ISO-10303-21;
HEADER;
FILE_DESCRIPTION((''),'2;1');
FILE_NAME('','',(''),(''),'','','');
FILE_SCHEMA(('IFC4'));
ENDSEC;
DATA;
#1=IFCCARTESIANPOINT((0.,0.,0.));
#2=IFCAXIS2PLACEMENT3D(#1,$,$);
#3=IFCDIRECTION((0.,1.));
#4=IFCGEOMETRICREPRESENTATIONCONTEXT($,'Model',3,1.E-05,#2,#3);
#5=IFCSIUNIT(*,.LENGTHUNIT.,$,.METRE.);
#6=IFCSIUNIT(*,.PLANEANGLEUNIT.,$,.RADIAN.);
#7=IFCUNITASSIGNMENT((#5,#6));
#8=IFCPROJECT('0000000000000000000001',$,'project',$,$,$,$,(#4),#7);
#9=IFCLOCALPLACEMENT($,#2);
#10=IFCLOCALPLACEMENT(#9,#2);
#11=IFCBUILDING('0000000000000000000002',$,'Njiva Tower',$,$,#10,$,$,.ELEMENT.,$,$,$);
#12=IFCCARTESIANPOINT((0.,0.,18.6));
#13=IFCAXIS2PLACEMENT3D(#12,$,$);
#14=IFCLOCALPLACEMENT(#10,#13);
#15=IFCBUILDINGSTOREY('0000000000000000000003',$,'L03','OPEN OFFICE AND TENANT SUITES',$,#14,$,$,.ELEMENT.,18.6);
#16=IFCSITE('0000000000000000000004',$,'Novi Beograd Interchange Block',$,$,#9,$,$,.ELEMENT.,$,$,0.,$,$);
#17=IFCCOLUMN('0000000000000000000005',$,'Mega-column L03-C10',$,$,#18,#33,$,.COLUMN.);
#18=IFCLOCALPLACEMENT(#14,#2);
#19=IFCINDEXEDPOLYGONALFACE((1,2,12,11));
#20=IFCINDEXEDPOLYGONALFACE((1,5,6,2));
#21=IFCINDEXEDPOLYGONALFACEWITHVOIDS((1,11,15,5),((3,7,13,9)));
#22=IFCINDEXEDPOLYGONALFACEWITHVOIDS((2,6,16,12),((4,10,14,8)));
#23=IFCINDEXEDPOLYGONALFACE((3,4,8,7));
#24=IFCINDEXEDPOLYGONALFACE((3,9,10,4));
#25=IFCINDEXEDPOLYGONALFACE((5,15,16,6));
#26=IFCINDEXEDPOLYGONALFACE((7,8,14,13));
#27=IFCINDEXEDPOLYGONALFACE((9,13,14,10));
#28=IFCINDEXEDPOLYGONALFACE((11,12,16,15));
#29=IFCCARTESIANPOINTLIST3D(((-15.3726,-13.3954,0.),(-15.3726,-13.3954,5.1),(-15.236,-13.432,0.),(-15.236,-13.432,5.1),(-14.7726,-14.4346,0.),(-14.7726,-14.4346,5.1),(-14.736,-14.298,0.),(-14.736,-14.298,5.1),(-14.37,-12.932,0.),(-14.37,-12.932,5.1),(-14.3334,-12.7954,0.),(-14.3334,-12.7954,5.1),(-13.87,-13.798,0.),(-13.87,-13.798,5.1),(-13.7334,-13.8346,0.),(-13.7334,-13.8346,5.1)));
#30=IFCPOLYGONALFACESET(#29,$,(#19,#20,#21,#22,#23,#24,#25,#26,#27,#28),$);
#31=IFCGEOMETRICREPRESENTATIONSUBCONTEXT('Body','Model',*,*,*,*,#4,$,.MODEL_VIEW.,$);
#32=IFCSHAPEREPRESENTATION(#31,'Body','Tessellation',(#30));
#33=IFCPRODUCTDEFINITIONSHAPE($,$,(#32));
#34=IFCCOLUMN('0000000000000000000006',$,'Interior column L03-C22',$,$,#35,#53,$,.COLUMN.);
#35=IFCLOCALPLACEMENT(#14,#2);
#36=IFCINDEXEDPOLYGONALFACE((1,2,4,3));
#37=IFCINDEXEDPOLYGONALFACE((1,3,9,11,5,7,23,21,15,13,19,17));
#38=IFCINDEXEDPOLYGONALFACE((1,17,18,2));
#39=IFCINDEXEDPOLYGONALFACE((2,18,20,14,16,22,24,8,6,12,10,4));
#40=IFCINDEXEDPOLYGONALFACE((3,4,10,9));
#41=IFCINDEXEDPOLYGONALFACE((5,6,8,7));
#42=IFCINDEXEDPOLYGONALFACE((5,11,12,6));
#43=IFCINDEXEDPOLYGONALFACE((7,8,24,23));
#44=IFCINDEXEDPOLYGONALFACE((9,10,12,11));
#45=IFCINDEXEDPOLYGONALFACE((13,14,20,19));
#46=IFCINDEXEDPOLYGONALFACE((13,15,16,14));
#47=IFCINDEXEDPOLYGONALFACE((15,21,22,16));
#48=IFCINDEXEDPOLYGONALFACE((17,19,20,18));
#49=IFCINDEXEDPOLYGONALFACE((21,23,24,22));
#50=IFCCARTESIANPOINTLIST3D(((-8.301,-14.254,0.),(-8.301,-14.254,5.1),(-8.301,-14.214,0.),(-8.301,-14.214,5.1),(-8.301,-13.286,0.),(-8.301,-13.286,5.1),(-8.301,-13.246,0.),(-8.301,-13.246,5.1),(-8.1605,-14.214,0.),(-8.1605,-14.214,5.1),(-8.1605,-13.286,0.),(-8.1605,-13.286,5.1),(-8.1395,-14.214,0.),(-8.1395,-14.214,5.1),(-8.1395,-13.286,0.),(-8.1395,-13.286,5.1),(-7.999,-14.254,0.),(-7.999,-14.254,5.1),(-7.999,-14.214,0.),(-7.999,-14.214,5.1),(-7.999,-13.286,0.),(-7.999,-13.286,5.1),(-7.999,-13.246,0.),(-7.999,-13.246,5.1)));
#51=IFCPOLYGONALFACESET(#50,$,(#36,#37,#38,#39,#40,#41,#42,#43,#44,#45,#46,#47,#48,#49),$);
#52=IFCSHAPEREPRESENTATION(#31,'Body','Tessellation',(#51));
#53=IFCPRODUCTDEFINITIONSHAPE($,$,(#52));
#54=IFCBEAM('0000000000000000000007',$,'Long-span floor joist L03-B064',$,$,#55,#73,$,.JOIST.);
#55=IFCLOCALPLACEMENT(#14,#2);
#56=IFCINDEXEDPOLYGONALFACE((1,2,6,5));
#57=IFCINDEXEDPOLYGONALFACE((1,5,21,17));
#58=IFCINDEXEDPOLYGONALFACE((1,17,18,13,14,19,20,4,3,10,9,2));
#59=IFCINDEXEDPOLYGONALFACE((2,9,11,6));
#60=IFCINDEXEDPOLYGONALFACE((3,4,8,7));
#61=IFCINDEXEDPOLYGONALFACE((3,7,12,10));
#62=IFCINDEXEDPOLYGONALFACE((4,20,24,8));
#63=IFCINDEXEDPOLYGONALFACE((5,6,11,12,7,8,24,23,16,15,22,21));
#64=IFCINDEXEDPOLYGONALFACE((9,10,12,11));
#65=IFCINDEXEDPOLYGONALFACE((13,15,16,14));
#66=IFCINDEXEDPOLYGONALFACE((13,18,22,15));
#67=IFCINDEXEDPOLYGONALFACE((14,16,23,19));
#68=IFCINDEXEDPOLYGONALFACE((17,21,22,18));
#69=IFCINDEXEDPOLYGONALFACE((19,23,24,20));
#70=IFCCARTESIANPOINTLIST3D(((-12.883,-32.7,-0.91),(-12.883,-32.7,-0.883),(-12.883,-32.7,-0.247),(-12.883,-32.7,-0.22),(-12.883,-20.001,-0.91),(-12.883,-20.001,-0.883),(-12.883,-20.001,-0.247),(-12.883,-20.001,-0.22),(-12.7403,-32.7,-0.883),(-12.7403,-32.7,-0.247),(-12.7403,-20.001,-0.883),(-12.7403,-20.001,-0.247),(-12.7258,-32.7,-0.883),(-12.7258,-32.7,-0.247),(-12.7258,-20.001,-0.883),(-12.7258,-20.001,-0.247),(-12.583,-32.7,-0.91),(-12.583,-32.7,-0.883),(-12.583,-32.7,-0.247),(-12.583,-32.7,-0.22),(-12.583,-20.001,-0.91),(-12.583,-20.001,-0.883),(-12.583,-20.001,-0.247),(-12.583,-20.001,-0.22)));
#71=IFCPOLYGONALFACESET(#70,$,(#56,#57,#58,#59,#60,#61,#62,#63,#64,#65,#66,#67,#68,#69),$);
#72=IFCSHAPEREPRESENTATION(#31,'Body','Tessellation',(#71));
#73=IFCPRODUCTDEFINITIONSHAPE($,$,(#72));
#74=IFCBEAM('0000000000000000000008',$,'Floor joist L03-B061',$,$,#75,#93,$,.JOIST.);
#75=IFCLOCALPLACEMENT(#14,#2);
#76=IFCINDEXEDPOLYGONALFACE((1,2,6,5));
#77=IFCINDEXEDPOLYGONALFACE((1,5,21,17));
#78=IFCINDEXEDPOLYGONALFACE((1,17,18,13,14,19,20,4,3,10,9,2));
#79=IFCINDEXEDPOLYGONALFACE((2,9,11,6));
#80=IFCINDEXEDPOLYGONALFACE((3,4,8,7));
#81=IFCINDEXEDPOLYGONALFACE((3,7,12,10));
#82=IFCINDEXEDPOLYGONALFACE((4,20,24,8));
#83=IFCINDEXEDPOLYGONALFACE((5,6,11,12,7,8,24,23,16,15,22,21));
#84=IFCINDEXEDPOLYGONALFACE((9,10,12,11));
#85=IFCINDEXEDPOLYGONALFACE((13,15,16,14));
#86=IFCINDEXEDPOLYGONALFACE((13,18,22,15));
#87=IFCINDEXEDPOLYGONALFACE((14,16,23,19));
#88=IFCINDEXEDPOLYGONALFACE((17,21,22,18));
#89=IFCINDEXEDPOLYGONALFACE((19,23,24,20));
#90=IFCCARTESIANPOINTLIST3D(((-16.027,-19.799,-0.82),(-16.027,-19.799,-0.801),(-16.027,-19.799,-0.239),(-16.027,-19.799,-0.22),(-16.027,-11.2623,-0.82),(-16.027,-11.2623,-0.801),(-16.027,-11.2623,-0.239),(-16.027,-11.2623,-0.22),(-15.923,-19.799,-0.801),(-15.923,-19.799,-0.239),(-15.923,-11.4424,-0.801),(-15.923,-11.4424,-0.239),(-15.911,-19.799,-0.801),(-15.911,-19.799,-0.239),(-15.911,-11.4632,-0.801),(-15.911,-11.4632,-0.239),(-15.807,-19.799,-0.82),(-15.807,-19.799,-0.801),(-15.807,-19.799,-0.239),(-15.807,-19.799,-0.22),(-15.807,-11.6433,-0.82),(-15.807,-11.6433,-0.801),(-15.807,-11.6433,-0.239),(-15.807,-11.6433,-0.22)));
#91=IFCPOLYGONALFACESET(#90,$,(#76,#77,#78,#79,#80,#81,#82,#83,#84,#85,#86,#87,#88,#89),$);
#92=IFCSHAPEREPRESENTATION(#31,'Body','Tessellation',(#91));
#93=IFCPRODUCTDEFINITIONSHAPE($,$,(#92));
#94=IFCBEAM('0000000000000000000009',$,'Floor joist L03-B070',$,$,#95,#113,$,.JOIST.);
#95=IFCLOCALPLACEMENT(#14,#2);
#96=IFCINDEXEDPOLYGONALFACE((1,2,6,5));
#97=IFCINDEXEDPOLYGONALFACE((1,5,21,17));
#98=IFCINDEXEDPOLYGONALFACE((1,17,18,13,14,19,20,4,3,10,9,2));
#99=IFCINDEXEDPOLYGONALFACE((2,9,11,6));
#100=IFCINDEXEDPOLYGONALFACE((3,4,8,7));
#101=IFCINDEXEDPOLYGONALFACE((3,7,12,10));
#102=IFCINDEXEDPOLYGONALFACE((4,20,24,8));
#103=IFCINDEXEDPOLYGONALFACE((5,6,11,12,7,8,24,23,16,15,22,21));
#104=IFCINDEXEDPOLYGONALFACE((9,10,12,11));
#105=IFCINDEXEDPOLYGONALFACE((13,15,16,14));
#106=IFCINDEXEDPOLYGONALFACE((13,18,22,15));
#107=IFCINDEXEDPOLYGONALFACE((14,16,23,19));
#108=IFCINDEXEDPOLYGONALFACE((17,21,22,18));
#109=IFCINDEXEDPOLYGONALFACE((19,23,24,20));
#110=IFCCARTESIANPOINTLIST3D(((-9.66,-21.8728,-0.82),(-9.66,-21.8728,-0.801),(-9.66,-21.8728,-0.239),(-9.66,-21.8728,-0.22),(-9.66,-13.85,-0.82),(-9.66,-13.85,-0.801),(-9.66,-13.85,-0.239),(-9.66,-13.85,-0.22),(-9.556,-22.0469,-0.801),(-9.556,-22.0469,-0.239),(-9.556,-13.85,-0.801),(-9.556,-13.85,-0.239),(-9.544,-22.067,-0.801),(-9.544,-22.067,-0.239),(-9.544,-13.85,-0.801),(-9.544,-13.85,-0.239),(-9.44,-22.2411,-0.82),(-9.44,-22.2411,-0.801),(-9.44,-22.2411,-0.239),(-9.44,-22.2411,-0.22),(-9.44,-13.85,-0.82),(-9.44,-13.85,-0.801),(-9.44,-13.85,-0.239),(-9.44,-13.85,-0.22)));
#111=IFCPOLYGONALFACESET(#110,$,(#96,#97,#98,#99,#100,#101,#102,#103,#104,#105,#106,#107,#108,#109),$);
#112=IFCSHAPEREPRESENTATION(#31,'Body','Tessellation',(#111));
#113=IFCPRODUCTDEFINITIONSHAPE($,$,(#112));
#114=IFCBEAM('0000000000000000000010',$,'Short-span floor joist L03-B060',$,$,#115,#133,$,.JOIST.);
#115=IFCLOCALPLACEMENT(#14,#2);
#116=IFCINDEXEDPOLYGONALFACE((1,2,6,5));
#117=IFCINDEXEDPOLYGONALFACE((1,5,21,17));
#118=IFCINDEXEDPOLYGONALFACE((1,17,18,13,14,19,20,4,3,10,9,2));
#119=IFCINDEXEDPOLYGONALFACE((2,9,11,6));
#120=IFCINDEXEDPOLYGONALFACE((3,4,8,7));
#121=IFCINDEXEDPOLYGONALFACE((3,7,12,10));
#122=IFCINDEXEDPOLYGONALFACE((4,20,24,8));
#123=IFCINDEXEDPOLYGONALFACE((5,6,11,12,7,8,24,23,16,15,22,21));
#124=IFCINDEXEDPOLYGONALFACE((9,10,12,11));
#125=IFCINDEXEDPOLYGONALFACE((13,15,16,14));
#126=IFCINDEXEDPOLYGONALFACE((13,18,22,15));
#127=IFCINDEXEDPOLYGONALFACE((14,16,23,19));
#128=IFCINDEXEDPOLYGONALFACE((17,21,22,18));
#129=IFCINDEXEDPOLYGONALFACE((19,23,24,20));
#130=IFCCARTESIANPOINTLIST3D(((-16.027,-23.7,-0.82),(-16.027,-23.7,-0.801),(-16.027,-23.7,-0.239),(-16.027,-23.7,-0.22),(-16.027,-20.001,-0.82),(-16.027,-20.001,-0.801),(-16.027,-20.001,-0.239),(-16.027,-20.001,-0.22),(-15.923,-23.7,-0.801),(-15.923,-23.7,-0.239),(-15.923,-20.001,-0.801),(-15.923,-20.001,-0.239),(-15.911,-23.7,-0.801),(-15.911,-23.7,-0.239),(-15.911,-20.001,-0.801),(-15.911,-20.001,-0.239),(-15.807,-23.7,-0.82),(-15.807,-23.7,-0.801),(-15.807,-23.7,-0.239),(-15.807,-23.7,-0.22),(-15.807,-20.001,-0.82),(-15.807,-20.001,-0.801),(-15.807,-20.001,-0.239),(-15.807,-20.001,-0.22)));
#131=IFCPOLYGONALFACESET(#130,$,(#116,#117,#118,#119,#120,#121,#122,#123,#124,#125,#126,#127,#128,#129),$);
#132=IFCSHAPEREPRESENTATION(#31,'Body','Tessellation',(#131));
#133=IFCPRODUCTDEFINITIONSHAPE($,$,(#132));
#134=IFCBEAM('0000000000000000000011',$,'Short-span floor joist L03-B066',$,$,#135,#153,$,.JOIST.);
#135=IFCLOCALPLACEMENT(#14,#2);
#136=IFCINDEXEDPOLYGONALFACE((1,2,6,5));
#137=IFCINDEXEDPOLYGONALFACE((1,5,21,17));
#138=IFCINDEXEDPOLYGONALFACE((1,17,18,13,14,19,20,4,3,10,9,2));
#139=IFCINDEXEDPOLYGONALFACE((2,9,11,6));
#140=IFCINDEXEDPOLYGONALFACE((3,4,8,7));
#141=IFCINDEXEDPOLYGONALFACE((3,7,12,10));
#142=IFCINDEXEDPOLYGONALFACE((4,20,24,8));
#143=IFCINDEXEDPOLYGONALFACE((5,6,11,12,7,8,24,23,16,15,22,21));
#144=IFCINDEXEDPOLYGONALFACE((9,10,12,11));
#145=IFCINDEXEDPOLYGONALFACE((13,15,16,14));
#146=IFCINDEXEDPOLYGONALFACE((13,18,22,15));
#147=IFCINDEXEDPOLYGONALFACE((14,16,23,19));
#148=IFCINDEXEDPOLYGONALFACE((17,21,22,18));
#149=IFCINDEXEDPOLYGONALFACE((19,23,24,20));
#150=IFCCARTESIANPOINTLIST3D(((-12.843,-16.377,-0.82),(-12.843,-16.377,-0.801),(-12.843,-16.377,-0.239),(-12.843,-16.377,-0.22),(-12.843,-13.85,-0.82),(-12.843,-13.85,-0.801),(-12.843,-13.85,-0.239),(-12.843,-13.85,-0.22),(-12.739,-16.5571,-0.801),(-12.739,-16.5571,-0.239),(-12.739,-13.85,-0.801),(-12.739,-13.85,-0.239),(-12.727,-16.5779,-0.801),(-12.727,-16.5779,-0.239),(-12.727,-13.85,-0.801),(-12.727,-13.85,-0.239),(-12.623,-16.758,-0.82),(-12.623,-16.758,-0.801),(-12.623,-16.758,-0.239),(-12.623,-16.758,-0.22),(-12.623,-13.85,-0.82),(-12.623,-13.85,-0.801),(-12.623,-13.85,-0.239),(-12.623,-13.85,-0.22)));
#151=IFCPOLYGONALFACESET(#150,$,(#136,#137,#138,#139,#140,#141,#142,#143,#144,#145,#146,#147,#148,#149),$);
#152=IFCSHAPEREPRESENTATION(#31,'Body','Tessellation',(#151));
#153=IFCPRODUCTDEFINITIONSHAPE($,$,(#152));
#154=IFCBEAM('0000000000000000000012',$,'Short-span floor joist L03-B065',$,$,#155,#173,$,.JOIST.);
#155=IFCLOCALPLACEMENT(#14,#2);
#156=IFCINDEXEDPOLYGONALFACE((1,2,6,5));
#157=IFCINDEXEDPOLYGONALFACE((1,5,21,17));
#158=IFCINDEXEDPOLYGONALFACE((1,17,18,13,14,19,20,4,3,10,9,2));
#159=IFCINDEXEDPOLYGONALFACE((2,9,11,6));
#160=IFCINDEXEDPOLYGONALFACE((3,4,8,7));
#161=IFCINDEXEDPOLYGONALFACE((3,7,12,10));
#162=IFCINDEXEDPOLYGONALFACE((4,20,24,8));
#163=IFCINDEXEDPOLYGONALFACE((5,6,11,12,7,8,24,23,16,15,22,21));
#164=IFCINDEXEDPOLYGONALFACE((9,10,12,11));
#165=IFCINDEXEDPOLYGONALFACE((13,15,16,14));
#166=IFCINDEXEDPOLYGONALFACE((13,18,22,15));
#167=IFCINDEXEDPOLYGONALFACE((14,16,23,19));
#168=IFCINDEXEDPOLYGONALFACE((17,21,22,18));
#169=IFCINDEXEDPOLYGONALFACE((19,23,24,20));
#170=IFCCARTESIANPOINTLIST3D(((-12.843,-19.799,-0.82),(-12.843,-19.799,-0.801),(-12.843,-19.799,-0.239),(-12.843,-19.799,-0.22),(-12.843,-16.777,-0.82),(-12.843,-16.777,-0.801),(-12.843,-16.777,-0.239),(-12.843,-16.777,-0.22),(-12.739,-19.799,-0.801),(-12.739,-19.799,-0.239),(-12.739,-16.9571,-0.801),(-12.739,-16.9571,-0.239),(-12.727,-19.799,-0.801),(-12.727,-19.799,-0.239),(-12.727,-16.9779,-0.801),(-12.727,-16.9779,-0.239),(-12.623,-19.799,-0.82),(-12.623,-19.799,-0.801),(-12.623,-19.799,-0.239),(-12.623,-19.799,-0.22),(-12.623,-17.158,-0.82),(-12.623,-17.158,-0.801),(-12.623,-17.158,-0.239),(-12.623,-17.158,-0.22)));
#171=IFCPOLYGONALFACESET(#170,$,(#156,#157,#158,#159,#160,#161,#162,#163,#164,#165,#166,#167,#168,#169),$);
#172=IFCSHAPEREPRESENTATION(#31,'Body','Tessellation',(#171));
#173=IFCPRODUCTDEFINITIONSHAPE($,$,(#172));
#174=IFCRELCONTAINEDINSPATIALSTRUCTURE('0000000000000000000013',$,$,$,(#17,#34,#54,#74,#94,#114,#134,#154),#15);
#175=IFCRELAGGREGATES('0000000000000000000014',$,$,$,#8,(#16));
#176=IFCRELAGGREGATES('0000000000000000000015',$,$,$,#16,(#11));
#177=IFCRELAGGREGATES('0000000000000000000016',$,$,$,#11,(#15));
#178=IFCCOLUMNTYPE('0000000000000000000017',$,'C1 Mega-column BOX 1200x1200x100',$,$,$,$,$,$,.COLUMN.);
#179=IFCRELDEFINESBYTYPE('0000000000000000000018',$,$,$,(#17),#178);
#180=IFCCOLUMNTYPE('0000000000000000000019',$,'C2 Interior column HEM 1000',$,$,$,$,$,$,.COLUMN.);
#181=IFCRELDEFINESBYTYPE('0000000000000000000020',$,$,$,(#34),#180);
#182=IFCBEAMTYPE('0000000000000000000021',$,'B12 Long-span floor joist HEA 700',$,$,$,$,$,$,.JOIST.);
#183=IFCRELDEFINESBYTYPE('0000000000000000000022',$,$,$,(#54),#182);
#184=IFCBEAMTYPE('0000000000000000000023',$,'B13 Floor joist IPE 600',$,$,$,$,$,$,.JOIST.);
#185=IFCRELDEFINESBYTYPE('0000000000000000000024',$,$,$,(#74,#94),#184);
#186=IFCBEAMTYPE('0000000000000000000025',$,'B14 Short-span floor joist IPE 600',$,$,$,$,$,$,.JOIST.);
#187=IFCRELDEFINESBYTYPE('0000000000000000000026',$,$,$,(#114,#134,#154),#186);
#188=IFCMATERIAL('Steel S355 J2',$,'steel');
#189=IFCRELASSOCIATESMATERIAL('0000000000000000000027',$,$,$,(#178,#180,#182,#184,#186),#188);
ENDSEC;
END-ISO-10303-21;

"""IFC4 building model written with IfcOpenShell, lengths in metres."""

from ifc_helpers import new_model, si_unit, direction, frame, origin, origin_2d, place, context, subcontext, project, spatial, hollow_rectangle, i_section, extrude, clip, halfspace, material, material_profile, profile_set, type_object, element, save


model = new_model("IFC4")

# Units and contexts
model_context = context("Model", 3, precision=1e-05, world=origin(), true_north=direction((0.0, 1.0)))
body_context = subcontext(model_context, "Body", "Model", "MODEL_VIEW")
ifc_project = project(units=[si_unit("LENGTHUNIT", "METRE"), si_unit("PLANEANGLEUNIT", "RADIAN")], contexts=[model_context])

# Site, building, storey
site_placement = place(None, origin())
site = spatial("IfcSite", under=ifc_project, at=site_placement, Name="Novi Beograd Interchange Block", CompositionType="ELEMENT", RefElevation=0.0)
building_placement = place(site_placement, origin())
building = spatial("IfcBuilding", under=site, at=building_placement, Name="Njiva Tower", CompositionType="ELEMENT")
storey_placement = place(building_placement, frame((0.0, 0.0, 18.6)))
storey = spatial("IfcBuildingStorey", under=building, at=storey_placement, Name="L03", Description="OPEN OFFICE AND TENANT SUITES", CompositionType="ELEMENT", Elevation=18.6)

# Columns
ifc_material_1 = material(Name="Steel S355 J2", Category="steel")
ifc_material_profile_1 = material_profile(ifc_material_1, hollow_rectangle(XDim=1.2, YDim=1.2, WallThickness=0.1, at=origin_2d()), Name="BOX 1200x1200x100")
ifc_profile_set_1 = profile_set([ifc_material_profile_1], Name="Steel S355 J2")
column_type_1 = type_object("IfcColumnType", Name="C1 Mega-column BOX 1200x1200x100", PredefinedType="COLUMN", material=ifc_profile_set_1)
column_1_placement = place(storey_placement, frame((-14.553, -13.615, 0.0), z_axis=(0.0, 0.0, 1.0), x_axis=(0.5, -0.866025, 0.0)))
element("IfcColumn", 1, at=column_1_placement, inside=storey, type_object=column_type_1, Name="Mega-column L03-C10", PredefinedType="COLUMN", context=body_context, shape_type="SweptSolid", body=[
    extrude(hollow_rectangle(XDim=1.2, YDim=1.2, WallThickness=0.1, at=origin_2d()), origin(), (0.0, 0.0, 1.0), 5.1),
])
ifc_material_profile_2 = material_profile(ifc_material_1, i_section(OverallWidth=0.302, OverallDepth=1.008, WebThickness=0.021, FlangeThickness=0.04, at=origin_2d()), Name="HEM 1000")
ifc_profile_set_2 = profile_set([ifc_material_profile_2], Name="Steel S355 J2")
column_type_2 = type_object("IfcColumnType", Name="C2 Interior column HEM 1000", PredefinedType="COLUMN", material=ifc_profile_set_2)
column_2_placement = place(storey_placement, frame((-8.15, -13.75, 0.0), z_axis=(0.0, 0.0, 1.0), x_axis=(1.0, 0.0, 0.0)))
element("IfcColumn", 2, at=column_2_placement, inside=storey, type_object=column_type_2, Name="Interior column L03-C22", PredefinedType="COLUMN", context=body_context, shape_type="SweptSolid", body=[
    extrude(i_section(OverallWidth=0.302, OverallDepth=1.008, WebThickness=0.021, FlangeThickness=0.04, at=origin_2d()), origin(), (0.0, 0.0, 1.0), 5.1),
])

# Beams
ifc_material_profile_3 = material_profile(ifc_material_1, i_section(OverallWidth=0.3, OverallDepth=0.69, WebThickness=0.0145, FlangeThickness=0.027, at=origin_2d()), Name="HEA 700")
ifc_profile_set_3 = profile_set([ifc_material_profile_3], Name="Steel S355 J2")
beam_type_1 = type_object("IfcBeamType", Name="B12 Long-span floor joist HEA 700", PredefinedType="JOIST", material=ifc_profile_set_3)
beam_1_placement = place(storey_placement, frame((-12.733, -20.001, -0.565), z_axis=(0.0, -1.0, 0.0), x_axis=(1.0, 0.0, 0.0)))
element("IfcBeam", 3, at=beam_1_placement, inside=storey, type_object=beam_type_1, Name="Long-span floor joist L03-B064", PredefinedType="JOIST", context=body_context, shape_type="SweptSolid", body=[
    extrude(i_section(OverallWidth=0.3, OverallDepth=0.69, WebThickness=0.0145, FlangeThickness=0.027, at=origin_2d()), origin(), (0.0, 0.0, 1.0), 12.699),
])
ifc_material_profile_4 = material_profile(ifc_material_1, i_section(OverallWidth=0.22, OverallDepth=0.6, WebThickness=0.012, FlangeThickness=0.019, at=origin_2d()), Name="IPE 600")
ifc_profile_set_4 = profile_set([ifc_material_profile_4], Name="Steel S355 J2")
beam_type_2 = type_object("IfcBeamType", Name="B13 Floor joist IPE 600", PredefinedType="JOIST", material=ifc_profile_set_4)
beam_2_placement = place(storey_placement, frame((-15.917, -11.242, -0.52), z_axis=(0.0, -1.0, 0.0), x_axis=(1.0, 0.0, 0.0)))
element("IfcBeam", 4, at=beam_2_placement, inside=storey, type_object=beam_type_2, Name="Floor joist L03-B061", PredefinedType="JOIST", context=body_context, shape_type="Clipping", body=[
    clip(extrude(i_section(OverallWidth=0.22, OverallDepth=0.6, WebThickness=0.012, FlangeThickness=0.019, at=origin_2d()), origin(), (0.0, 0.0, 1.0), 8.557), halfspace(frame((0.0436, 0.0, 0.2863), z_axis=(0.866027, 0.0, -0.499998), x_axis=(0.0, -1.0, 0.0)), False)),
])
beam_3_placement = place(storey_placement, frame((-9.55, -13.85, -0.52), z_axis=(0.0, -1.0, 0.0), x_axis=(1.0, 0.0, 0.0)))
element("IfcBeam", 5, at=beam_3_placement, inside=storey, type_object=beam_type_2, Name="Floor joist L03-B070", PredefinedType="JOIST", context=body_context, shape_type="Clipping", body=[
    clip(extrude(i_section(OverallWidth=0.22, OverallDepth=0.6, WebThickness=0.012, FlangeThickness=0.019, at=origin_2d()), origin(), (0.0, 0.0, 1.0), 8.411), halfspace(frame((-0.0429, 0.0, 8.1351), z_axis=(-0.858483, 0.0, 0.512842), x_axis=(0.0, 1.0, 0.0)), False)),
])
ifc_material_profile_5 = material_profile(ifc_material_1, i_section(OverallWidth=0.22, OverallDepth=0.6, WebThickness=0.012, FlangeThickness=0.019, at=origin_2d()), Name="IPE 600")
ifc_profile_set_5 = profile_set([ifc_material_profile_5], Name="Steel S355 J2")
beam_type_3 = type_object("IfcBeamType", Name="B14 Short-span floor joist IPE 600", PredefinedType="JOIST", material=ifc_profile_set_5)
beam_4_placement = place(storey_placement, frame((-15.917, -20.001, -0.52), z_axis=(0.0, -1.0, 0.0), x_axis=(1.0, 0.0, 0.0)))
element("IfcBeam", 6, at=beam_4_placement, inside=storey, type_object=beam_type_3, Name="Short-span floor joist L03-B060", PredefinedType="JOIST", context=body_context, shape_type="SweptSolid", body=[
    extrude(i_section(OverallWidth=0.22, OverallDepth=0.6, WebThickness=0.012, FlangeThickness=0.019, at=origin_2d()), origin(), (0.0, 0.0, 1.0), 3.699),
])
beam_5_placement = place(storey_placement, frame((-12.733, -13.85, -0.52), z_axis=(0.0, -1.0, 0.0), x_axis=(1.0, 0.0, 0.0)))
element("IfcBeam", 7, at=beam_5_placement, inside=storey, type_object=beam_type_3, Name="Short-span floor joist L03-B066", PredefinedType="JOIST", context=body_context, shape_type="Clipping", body=[
    clip(extrude(i_section(OverallWidth=0.22, OverallDepth=0.6, WebThickness=0.012, FlangeThickness=0.019, at=origin_2d()), origin(), (0.0, 0.0, 1.0), 2.928), halfspace(frame((-0.0436, 0.0, 2.642), z_axis=(-0.866027, 0.0, 0.499998), x_axis=(0.0, 1.0, 0.0)), False)),
])
beam_6_placement = place(storey_placement, frame((-12.733, -16.756, -0.52), z_axis=(0.0, -1.0, 0.0), x_axis=(1.0, 0.0, 0.0)))
element("IfcBeam", 8, at=beam_6_placement, inside=storey, type_object=beam_type_3, Name="Short-span floor joist L03-B065", PredefinedType="JOIST", context=body_context, shape_type="Clipping", body=[
    clip(extrude(i_section(OverallWidth=0.22, OverallDepth=0.6, WebThickness=0.012, FlangeThickness=0.019, at=origin_2d()), origin(), (0.0, 0.0, 1.0), 3.043), halfspace(frame((0.043, 0.0, 0.286), z_axis=(0.866027, 0.0, -0.499998), x_axis=(0.0, -1.0, 0.0)), False)),
])

save(model, "model.ifc")
